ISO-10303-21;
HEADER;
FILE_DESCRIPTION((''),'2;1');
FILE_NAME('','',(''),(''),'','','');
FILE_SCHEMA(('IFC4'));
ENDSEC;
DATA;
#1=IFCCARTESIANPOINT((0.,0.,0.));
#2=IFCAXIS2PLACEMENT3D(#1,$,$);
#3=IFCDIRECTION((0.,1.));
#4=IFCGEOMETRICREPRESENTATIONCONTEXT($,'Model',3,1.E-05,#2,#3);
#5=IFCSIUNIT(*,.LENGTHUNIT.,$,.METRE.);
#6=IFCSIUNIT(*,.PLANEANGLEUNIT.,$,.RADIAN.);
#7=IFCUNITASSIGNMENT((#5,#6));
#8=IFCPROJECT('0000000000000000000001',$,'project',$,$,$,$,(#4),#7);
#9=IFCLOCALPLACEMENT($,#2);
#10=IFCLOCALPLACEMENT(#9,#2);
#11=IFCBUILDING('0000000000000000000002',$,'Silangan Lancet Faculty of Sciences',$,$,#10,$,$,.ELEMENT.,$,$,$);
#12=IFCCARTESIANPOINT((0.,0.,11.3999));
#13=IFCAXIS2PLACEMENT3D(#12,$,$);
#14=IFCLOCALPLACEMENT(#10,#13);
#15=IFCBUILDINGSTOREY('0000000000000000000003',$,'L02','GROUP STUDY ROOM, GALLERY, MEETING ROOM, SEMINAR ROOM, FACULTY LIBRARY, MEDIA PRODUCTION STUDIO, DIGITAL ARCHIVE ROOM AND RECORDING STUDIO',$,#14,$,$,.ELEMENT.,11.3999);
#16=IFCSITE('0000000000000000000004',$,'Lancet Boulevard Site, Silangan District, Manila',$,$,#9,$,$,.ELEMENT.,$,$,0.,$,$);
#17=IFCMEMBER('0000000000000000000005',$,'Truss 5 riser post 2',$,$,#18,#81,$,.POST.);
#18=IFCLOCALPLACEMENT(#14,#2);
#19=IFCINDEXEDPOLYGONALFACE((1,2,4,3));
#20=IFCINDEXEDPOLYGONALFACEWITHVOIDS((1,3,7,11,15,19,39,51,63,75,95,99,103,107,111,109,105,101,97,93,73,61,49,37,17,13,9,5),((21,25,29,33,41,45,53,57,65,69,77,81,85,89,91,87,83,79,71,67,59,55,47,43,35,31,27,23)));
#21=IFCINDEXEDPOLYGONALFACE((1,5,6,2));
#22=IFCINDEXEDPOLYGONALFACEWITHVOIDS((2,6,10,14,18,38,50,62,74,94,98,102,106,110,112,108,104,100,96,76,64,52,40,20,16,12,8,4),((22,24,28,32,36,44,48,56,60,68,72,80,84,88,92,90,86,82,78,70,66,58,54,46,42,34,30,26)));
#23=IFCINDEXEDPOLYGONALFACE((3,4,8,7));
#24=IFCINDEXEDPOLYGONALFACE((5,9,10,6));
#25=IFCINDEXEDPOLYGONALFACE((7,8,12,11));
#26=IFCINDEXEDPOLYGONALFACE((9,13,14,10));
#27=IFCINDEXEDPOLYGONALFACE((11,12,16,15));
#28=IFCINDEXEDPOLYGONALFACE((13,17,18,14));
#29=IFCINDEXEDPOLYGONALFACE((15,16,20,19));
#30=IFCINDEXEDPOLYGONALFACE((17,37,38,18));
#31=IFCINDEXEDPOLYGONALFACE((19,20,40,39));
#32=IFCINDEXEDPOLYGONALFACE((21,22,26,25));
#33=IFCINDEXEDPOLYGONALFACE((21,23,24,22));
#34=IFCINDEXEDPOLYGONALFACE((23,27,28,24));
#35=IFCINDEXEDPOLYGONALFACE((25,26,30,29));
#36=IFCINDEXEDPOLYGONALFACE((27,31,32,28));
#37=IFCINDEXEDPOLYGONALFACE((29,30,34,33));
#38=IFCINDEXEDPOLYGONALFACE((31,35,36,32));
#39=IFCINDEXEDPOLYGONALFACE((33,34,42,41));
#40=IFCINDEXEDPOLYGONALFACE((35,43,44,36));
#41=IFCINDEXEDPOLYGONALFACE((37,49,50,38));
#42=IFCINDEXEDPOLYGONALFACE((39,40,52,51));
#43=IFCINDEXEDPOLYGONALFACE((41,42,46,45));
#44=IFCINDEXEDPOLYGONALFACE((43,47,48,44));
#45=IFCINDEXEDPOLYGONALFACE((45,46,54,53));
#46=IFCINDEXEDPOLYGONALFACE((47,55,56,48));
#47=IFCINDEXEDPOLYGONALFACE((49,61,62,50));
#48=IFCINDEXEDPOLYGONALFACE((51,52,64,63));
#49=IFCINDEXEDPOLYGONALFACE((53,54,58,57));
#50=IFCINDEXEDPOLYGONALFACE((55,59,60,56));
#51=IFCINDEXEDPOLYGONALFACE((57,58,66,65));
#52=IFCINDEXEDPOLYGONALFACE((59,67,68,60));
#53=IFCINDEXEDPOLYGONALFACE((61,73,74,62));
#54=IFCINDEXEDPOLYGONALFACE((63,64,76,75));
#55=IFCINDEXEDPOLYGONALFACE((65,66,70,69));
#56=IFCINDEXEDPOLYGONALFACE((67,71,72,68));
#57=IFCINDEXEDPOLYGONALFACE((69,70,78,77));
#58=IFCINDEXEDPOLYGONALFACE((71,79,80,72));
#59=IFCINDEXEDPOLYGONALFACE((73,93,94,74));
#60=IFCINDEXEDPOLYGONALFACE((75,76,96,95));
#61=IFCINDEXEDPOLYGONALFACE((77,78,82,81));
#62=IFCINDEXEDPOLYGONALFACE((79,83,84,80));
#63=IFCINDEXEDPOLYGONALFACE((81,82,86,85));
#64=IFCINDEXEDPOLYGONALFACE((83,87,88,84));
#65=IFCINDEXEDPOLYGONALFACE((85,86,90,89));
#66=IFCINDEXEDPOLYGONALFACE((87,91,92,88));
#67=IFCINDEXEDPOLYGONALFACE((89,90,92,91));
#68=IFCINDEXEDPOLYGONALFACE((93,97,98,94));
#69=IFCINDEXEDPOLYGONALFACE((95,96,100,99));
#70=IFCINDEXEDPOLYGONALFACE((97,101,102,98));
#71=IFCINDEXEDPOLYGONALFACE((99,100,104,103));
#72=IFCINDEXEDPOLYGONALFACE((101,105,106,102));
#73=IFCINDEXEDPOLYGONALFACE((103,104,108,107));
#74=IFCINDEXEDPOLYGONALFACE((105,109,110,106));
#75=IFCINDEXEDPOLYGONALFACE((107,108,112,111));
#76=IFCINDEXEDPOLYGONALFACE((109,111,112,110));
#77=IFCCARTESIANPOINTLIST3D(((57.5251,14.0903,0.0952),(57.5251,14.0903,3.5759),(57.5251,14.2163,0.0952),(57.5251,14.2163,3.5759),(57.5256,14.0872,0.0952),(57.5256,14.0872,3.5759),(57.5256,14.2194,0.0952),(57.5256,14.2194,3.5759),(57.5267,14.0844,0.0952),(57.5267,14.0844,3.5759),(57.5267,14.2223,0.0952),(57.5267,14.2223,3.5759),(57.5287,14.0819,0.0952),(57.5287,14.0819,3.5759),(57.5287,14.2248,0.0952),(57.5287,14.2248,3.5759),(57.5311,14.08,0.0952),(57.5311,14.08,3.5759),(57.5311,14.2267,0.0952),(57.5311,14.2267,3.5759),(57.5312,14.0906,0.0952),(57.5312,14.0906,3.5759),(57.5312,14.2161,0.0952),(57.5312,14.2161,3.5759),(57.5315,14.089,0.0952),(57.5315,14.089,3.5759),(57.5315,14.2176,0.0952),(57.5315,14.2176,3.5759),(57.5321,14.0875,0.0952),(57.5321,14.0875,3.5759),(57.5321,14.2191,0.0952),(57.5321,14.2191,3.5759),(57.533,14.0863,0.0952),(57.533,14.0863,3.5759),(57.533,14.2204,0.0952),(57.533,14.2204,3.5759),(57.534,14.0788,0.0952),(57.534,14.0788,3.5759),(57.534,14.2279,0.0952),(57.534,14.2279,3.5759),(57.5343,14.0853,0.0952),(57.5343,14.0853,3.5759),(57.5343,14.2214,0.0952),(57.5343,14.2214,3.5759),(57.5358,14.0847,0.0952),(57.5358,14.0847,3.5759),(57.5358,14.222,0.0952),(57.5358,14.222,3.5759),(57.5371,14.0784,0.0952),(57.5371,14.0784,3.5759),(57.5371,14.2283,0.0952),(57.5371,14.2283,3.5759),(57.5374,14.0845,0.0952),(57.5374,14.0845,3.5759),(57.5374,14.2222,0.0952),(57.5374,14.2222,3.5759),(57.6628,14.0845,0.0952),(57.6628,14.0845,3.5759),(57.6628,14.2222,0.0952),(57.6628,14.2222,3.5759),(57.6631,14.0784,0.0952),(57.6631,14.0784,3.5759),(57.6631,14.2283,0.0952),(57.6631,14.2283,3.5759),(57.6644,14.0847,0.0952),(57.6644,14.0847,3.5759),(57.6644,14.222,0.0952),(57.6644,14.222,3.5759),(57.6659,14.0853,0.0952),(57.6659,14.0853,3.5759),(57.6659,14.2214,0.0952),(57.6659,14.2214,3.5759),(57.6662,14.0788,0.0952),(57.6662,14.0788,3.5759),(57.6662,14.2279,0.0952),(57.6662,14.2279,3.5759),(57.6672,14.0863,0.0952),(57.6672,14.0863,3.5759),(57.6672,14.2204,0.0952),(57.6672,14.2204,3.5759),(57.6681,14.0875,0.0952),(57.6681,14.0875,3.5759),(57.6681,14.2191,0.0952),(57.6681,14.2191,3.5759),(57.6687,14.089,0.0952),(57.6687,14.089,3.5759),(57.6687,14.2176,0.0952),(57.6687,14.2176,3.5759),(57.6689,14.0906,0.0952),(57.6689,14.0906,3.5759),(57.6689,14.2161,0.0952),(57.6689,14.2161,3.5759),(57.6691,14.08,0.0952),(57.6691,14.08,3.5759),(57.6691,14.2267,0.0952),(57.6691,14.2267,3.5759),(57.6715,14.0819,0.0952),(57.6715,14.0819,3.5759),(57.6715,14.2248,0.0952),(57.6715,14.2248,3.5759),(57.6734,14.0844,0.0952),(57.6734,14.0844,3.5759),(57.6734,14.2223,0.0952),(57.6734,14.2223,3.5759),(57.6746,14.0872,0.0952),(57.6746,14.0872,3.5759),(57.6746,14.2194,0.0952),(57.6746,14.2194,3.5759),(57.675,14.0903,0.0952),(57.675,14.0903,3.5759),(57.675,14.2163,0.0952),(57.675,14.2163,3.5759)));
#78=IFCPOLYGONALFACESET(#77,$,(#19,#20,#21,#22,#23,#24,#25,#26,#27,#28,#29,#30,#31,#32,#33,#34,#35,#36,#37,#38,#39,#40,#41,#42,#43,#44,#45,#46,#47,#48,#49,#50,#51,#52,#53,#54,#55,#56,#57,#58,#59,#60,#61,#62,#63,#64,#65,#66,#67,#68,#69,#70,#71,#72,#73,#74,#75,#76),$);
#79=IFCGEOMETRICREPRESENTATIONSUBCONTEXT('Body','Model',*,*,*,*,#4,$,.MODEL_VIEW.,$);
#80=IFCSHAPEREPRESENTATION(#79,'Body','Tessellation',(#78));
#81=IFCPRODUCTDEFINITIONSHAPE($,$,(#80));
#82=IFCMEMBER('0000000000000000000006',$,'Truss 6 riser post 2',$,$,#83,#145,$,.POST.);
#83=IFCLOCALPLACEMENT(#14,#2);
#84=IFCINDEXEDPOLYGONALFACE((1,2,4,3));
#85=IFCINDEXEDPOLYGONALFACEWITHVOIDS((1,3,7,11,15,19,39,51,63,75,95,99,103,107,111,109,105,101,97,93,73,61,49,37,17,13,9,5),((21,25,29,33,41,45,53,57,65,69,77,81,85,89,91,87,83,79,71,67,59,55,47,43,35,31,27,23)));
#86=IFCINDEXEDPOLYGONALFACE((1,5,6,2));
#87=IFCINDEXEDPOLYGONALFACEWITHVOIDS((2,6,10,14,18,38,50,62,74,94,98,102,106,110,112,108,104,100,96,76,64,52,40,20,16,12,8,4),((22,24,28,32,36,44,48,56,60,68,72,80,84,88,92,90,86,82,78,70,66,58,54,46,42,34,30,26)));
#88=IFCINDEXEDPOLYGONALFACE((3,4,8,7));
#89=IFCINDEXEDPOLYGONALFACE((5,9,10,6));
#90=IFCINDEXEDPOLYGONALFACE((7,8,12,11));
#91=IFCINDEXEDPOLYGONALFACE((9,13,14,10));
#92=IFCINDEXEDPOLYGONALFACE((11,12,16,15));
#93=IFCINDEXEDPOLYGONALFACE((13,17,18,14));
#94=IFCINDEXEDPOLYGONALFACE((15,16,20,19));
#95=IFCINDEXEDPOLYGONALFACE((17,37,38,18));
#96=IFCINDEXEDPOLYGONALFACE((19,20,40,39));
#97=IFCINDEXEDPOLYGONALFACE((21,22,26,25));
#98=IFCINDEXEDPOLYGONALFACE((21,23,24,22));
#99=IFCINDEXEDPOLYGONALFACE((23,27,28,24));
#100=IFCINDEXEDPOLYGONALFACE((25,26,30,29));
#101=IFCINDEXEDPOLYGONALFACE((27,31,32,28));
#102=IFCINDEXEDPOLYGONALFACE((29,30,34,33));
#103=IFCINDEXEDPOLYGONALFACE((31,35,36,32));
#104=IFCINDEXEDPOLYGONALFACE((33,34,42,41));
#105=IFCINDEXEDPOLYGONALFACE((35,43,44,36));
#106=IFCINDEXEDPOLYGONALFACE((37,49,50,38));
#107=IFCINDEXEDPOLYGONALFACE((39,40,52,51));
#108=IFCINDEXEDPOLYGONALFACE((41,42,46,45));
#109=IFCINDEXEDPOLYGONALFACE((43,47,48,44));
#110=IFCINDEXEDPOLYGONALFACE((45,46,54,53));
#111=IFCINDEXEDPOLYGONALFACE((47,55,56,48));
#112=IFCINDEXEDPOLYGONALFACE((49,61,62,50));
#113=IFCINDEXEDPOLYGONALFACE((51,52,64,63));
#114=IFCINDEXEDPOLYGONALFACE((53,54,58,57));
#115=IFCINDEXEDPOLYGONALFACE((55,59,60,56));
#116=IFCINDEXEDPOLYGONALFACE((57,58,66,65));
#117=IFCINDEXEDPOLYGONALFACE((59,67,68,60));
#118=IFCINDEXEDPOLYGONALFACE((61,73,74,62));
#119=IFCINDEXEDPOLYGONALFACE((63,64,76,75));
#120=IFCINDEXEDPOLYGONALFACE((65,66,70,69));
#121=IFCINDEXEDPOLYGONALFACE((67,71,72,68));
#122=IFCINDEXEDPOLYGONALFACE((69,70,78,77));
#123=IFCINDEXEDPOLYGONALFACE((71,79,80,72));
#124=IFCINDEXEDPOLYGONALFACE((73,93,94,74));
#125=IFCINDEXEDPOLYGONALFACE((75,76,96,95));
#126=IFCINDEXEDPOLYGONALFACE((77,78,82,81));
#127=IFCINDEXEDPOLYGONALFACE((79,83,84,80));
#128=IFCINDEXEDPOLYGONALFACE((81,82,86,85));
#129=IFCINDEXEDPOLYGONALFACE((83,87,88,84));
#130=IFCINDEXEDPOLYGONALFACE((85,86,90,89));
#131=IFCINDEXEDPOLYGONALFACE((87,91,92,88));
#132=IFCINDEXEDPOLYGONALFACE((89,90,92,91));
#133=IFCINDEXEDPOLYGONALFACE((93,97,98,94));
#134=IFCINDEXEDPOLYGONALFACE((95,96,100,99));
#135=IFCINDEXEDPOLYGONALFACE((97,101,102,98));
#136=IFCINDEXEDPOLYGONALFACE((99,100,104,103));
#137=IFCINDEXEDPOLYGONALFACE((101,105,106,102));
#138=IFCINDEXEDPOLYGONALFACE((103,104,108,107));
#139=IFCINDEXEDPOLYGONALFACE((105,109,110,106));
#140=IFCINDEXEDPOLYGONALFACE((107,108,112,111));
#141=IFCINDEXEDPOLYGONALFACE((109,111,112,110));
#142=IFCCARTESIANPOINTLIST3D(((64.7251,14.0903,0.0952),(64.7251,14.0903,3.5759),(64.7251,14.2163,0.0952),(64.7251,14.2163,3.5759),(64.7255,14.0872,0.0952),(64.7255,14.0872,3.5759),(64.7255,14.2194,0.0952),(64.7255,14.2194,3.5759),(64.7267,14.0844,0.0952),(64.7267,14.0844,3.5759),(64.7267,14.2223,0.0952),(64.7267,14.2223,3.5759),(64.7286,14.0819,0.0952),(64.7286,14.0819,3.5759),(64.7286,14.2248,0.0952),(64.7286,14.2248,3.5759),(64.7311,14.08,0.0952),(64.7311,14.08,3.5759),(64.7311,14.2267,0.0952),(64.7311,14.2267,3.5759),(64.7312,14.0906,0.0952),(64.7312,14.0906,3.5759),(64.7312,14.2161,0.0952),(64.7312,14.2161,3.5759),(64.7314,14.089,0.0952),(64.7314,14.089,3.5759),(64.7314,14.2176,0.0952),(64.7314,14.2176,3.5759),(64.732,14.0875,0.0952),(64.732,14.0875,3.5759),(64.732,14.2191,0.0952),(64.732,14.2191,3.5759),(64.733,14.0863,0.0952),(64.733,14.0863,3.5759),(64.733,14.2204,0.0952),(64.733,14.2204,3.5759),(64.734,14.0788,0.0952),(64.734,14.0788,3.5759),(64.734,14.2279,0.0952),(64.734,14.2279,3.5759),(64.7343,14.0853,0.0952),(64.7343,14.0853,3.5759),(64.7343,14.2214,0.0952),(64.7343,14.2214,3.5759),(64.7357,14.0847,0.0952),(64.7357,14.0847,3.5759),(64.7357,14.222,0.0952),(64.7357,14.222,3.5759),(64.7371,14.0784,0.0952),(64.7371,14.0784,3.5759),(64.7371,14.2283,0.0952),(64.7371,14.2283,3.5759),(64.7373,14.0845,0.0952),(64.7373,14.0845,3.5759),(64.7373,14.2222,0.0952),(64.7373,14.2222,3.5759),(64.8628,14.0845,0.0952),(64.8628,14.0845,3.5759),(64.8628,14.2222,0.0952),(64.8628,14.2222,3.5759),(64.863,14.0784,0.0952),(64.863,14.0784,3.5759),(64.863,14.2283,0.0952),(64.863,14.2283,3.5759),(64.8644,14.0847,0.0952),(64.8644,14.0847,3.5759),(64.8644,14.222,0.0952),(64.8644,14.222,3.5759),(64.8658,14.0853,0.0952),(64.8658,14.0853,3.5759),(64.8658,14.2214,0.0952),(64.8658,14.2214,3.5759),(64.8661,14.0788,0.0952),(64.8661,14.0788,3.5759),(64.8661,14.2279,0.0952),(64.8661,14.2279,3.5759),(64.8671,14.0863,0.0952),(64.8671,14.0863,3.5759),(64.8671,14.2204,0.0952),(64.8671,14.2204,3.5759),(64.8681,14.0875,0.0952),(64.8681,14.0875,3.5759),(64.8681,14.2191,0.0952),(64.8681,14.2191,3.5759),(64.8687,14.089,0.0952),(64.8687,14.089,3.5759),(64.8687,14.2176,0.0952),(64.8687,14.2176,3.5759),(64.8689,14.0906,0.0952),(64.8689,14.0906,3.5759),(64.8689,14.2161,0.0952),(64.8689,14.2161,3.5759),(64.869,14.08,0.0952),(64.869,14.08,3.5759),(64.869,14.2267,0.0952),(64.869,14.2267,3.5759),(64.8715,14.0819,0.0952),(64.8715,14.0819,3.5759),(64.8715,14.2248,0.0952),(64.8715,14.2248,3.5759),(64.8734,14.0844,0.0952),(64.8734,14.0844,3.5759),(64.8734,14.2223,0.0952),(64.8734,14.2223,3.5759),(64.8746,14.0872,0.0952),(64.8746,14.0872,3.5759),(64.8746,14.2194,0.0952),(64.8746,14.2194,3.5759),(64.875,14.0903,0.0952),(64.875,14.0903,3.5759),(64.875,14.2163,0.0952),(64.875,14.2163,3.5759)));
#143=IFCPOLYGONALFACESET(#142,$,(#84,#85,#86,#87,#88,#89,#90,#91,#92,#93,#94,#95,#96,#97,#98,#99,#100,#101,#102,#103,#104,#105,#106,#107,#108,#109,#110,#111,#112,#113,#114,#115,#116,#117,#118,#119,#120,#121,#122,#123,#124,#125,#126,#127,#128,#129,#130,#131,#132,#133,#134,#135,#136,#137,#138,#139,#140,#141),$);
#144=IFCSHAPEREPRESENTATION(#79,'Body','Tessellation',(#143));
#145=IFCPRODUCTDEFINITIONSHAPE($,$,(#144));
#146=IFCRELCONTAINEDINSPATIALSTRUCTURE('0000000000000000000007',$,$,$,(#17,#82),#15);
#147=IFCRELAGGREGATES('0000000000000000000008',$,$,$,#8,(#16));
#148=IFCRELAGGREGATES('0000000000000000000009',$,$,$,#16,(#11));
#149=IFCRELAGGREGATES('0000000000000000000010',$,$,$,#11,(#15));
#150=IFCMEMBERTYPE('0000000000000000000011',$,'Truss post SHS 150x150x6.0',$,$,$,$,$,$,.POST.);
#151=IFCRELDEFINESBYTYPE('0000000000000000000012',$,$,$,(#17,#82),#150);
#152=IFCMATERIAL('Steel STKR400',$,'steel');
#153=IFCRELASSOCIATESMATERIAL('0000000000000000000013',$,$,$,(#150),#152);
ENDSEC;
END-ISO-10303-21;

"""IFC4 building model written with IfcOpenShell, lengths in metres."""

from ifc_helpers import new_model, si_unit, direction, frame, origin, origin_2d, place, context, subcontext, project, spatial, hollow_rectangle, extrude, material, material_profile, profile_set, type_object, element, save


model = new_model("IFC4")

# Units and contexts
model_context = context("Model", 3, precision=1e-05, world=origin(), true_north=direction((0.0, 1.0)))
body_context = subcontext(model_context, "Body", "Model", "MODEL_VIEW")
ifc_project = project(units=[si_unit("LENGTHUNIT", "METRE"), si_unit("PLANEANGLEUNIT", "RADIAN")], contexts=[model_context])

# Site, building, storey
site_placement = place(None, origin())
site = spatial("IfcSite", under=ifc_project, at=site_placement, Name="Lancet Boulevard Site, Silangan District, Manila", CompositionType="ELEMENT", RefElevation=0.0)
building_placement = place(site_placement, origin())
building = spatial("IfcBuilding", under=site, at=building_placement, Name="Silangan Lancet Faculty of Sciences", CompositionType="ELEMENT")
storey_placement = place(building_placement, frame((0.0, 0.0, 11.3999)))
storey = spatial("IfcBuildingStorey", under=building, at=storey_placement, Name="L02", Description="GROUP STUDY ROOM, GALLERY, MEETING ROOM, SEMINAR ROOM, FACULTY LIBRARY, MEDIA PRODUCTION STUDIO, DIGITAL ARCHIVE ROOM AND RECORDING STUDIO", CompositionType="ELEMENT", Elevation=11.3999)

# Members
ifc_material_1 = material(Name="Steel STKR400", Category="steel")
ifc_material_profile_1 = material_profile(ifc_material_1, hollow_rectangle(XDim=0.1499, YDim=0.1499, WallThickness=0.0061, InnerFilletRadius=0.0061, OuterFilletRadius=0.012, at=origin_2d()), Name="SHS 150x150x6.0")
ifc_profile_set_1 = profile_set([ifc_material_profile_1], Name="Steel STKR400")
member_type_1 = type_object("IfcMemberType", Name="Truss post SHS 150x150x6.0", PredefinedType="POST", material=ifc_profile_set_1)
for number, where, z_axis, x_axis, name in (
    (1, (57.6001, 14.1533, 0.0952), (0.0, 0.0, 1.0), (1.0, 0.0, 0.0), "Truss 5 riser post 2"),
    (2, (64.8, 14.1533, 0.0952), (0.0, 0.0, 1.0), (1.0, 0.0, 0.0), "Truss 6 riser post 2"),
):
    element("IfcMember", number, at=place(storey_placement, frame(where, z_axis=z_axis, x_axis=x_axis)), inside=storey, type_object=member_type_1, Name=name, PredefinedType="POST", context=body_context, shape_type="SweptSolid", body=[
        extrude(hollow_rectangle(XDim=0.1499, YDim=0.1499, WallThickness=0.0061, InnerFilletRadius=0.0061, OuterFilletRadius=0.012, at=origin_2d()), origin(), (0.0, 0.0, 1.0), 3.4807),
    ])

save(model, "model.ifc")
